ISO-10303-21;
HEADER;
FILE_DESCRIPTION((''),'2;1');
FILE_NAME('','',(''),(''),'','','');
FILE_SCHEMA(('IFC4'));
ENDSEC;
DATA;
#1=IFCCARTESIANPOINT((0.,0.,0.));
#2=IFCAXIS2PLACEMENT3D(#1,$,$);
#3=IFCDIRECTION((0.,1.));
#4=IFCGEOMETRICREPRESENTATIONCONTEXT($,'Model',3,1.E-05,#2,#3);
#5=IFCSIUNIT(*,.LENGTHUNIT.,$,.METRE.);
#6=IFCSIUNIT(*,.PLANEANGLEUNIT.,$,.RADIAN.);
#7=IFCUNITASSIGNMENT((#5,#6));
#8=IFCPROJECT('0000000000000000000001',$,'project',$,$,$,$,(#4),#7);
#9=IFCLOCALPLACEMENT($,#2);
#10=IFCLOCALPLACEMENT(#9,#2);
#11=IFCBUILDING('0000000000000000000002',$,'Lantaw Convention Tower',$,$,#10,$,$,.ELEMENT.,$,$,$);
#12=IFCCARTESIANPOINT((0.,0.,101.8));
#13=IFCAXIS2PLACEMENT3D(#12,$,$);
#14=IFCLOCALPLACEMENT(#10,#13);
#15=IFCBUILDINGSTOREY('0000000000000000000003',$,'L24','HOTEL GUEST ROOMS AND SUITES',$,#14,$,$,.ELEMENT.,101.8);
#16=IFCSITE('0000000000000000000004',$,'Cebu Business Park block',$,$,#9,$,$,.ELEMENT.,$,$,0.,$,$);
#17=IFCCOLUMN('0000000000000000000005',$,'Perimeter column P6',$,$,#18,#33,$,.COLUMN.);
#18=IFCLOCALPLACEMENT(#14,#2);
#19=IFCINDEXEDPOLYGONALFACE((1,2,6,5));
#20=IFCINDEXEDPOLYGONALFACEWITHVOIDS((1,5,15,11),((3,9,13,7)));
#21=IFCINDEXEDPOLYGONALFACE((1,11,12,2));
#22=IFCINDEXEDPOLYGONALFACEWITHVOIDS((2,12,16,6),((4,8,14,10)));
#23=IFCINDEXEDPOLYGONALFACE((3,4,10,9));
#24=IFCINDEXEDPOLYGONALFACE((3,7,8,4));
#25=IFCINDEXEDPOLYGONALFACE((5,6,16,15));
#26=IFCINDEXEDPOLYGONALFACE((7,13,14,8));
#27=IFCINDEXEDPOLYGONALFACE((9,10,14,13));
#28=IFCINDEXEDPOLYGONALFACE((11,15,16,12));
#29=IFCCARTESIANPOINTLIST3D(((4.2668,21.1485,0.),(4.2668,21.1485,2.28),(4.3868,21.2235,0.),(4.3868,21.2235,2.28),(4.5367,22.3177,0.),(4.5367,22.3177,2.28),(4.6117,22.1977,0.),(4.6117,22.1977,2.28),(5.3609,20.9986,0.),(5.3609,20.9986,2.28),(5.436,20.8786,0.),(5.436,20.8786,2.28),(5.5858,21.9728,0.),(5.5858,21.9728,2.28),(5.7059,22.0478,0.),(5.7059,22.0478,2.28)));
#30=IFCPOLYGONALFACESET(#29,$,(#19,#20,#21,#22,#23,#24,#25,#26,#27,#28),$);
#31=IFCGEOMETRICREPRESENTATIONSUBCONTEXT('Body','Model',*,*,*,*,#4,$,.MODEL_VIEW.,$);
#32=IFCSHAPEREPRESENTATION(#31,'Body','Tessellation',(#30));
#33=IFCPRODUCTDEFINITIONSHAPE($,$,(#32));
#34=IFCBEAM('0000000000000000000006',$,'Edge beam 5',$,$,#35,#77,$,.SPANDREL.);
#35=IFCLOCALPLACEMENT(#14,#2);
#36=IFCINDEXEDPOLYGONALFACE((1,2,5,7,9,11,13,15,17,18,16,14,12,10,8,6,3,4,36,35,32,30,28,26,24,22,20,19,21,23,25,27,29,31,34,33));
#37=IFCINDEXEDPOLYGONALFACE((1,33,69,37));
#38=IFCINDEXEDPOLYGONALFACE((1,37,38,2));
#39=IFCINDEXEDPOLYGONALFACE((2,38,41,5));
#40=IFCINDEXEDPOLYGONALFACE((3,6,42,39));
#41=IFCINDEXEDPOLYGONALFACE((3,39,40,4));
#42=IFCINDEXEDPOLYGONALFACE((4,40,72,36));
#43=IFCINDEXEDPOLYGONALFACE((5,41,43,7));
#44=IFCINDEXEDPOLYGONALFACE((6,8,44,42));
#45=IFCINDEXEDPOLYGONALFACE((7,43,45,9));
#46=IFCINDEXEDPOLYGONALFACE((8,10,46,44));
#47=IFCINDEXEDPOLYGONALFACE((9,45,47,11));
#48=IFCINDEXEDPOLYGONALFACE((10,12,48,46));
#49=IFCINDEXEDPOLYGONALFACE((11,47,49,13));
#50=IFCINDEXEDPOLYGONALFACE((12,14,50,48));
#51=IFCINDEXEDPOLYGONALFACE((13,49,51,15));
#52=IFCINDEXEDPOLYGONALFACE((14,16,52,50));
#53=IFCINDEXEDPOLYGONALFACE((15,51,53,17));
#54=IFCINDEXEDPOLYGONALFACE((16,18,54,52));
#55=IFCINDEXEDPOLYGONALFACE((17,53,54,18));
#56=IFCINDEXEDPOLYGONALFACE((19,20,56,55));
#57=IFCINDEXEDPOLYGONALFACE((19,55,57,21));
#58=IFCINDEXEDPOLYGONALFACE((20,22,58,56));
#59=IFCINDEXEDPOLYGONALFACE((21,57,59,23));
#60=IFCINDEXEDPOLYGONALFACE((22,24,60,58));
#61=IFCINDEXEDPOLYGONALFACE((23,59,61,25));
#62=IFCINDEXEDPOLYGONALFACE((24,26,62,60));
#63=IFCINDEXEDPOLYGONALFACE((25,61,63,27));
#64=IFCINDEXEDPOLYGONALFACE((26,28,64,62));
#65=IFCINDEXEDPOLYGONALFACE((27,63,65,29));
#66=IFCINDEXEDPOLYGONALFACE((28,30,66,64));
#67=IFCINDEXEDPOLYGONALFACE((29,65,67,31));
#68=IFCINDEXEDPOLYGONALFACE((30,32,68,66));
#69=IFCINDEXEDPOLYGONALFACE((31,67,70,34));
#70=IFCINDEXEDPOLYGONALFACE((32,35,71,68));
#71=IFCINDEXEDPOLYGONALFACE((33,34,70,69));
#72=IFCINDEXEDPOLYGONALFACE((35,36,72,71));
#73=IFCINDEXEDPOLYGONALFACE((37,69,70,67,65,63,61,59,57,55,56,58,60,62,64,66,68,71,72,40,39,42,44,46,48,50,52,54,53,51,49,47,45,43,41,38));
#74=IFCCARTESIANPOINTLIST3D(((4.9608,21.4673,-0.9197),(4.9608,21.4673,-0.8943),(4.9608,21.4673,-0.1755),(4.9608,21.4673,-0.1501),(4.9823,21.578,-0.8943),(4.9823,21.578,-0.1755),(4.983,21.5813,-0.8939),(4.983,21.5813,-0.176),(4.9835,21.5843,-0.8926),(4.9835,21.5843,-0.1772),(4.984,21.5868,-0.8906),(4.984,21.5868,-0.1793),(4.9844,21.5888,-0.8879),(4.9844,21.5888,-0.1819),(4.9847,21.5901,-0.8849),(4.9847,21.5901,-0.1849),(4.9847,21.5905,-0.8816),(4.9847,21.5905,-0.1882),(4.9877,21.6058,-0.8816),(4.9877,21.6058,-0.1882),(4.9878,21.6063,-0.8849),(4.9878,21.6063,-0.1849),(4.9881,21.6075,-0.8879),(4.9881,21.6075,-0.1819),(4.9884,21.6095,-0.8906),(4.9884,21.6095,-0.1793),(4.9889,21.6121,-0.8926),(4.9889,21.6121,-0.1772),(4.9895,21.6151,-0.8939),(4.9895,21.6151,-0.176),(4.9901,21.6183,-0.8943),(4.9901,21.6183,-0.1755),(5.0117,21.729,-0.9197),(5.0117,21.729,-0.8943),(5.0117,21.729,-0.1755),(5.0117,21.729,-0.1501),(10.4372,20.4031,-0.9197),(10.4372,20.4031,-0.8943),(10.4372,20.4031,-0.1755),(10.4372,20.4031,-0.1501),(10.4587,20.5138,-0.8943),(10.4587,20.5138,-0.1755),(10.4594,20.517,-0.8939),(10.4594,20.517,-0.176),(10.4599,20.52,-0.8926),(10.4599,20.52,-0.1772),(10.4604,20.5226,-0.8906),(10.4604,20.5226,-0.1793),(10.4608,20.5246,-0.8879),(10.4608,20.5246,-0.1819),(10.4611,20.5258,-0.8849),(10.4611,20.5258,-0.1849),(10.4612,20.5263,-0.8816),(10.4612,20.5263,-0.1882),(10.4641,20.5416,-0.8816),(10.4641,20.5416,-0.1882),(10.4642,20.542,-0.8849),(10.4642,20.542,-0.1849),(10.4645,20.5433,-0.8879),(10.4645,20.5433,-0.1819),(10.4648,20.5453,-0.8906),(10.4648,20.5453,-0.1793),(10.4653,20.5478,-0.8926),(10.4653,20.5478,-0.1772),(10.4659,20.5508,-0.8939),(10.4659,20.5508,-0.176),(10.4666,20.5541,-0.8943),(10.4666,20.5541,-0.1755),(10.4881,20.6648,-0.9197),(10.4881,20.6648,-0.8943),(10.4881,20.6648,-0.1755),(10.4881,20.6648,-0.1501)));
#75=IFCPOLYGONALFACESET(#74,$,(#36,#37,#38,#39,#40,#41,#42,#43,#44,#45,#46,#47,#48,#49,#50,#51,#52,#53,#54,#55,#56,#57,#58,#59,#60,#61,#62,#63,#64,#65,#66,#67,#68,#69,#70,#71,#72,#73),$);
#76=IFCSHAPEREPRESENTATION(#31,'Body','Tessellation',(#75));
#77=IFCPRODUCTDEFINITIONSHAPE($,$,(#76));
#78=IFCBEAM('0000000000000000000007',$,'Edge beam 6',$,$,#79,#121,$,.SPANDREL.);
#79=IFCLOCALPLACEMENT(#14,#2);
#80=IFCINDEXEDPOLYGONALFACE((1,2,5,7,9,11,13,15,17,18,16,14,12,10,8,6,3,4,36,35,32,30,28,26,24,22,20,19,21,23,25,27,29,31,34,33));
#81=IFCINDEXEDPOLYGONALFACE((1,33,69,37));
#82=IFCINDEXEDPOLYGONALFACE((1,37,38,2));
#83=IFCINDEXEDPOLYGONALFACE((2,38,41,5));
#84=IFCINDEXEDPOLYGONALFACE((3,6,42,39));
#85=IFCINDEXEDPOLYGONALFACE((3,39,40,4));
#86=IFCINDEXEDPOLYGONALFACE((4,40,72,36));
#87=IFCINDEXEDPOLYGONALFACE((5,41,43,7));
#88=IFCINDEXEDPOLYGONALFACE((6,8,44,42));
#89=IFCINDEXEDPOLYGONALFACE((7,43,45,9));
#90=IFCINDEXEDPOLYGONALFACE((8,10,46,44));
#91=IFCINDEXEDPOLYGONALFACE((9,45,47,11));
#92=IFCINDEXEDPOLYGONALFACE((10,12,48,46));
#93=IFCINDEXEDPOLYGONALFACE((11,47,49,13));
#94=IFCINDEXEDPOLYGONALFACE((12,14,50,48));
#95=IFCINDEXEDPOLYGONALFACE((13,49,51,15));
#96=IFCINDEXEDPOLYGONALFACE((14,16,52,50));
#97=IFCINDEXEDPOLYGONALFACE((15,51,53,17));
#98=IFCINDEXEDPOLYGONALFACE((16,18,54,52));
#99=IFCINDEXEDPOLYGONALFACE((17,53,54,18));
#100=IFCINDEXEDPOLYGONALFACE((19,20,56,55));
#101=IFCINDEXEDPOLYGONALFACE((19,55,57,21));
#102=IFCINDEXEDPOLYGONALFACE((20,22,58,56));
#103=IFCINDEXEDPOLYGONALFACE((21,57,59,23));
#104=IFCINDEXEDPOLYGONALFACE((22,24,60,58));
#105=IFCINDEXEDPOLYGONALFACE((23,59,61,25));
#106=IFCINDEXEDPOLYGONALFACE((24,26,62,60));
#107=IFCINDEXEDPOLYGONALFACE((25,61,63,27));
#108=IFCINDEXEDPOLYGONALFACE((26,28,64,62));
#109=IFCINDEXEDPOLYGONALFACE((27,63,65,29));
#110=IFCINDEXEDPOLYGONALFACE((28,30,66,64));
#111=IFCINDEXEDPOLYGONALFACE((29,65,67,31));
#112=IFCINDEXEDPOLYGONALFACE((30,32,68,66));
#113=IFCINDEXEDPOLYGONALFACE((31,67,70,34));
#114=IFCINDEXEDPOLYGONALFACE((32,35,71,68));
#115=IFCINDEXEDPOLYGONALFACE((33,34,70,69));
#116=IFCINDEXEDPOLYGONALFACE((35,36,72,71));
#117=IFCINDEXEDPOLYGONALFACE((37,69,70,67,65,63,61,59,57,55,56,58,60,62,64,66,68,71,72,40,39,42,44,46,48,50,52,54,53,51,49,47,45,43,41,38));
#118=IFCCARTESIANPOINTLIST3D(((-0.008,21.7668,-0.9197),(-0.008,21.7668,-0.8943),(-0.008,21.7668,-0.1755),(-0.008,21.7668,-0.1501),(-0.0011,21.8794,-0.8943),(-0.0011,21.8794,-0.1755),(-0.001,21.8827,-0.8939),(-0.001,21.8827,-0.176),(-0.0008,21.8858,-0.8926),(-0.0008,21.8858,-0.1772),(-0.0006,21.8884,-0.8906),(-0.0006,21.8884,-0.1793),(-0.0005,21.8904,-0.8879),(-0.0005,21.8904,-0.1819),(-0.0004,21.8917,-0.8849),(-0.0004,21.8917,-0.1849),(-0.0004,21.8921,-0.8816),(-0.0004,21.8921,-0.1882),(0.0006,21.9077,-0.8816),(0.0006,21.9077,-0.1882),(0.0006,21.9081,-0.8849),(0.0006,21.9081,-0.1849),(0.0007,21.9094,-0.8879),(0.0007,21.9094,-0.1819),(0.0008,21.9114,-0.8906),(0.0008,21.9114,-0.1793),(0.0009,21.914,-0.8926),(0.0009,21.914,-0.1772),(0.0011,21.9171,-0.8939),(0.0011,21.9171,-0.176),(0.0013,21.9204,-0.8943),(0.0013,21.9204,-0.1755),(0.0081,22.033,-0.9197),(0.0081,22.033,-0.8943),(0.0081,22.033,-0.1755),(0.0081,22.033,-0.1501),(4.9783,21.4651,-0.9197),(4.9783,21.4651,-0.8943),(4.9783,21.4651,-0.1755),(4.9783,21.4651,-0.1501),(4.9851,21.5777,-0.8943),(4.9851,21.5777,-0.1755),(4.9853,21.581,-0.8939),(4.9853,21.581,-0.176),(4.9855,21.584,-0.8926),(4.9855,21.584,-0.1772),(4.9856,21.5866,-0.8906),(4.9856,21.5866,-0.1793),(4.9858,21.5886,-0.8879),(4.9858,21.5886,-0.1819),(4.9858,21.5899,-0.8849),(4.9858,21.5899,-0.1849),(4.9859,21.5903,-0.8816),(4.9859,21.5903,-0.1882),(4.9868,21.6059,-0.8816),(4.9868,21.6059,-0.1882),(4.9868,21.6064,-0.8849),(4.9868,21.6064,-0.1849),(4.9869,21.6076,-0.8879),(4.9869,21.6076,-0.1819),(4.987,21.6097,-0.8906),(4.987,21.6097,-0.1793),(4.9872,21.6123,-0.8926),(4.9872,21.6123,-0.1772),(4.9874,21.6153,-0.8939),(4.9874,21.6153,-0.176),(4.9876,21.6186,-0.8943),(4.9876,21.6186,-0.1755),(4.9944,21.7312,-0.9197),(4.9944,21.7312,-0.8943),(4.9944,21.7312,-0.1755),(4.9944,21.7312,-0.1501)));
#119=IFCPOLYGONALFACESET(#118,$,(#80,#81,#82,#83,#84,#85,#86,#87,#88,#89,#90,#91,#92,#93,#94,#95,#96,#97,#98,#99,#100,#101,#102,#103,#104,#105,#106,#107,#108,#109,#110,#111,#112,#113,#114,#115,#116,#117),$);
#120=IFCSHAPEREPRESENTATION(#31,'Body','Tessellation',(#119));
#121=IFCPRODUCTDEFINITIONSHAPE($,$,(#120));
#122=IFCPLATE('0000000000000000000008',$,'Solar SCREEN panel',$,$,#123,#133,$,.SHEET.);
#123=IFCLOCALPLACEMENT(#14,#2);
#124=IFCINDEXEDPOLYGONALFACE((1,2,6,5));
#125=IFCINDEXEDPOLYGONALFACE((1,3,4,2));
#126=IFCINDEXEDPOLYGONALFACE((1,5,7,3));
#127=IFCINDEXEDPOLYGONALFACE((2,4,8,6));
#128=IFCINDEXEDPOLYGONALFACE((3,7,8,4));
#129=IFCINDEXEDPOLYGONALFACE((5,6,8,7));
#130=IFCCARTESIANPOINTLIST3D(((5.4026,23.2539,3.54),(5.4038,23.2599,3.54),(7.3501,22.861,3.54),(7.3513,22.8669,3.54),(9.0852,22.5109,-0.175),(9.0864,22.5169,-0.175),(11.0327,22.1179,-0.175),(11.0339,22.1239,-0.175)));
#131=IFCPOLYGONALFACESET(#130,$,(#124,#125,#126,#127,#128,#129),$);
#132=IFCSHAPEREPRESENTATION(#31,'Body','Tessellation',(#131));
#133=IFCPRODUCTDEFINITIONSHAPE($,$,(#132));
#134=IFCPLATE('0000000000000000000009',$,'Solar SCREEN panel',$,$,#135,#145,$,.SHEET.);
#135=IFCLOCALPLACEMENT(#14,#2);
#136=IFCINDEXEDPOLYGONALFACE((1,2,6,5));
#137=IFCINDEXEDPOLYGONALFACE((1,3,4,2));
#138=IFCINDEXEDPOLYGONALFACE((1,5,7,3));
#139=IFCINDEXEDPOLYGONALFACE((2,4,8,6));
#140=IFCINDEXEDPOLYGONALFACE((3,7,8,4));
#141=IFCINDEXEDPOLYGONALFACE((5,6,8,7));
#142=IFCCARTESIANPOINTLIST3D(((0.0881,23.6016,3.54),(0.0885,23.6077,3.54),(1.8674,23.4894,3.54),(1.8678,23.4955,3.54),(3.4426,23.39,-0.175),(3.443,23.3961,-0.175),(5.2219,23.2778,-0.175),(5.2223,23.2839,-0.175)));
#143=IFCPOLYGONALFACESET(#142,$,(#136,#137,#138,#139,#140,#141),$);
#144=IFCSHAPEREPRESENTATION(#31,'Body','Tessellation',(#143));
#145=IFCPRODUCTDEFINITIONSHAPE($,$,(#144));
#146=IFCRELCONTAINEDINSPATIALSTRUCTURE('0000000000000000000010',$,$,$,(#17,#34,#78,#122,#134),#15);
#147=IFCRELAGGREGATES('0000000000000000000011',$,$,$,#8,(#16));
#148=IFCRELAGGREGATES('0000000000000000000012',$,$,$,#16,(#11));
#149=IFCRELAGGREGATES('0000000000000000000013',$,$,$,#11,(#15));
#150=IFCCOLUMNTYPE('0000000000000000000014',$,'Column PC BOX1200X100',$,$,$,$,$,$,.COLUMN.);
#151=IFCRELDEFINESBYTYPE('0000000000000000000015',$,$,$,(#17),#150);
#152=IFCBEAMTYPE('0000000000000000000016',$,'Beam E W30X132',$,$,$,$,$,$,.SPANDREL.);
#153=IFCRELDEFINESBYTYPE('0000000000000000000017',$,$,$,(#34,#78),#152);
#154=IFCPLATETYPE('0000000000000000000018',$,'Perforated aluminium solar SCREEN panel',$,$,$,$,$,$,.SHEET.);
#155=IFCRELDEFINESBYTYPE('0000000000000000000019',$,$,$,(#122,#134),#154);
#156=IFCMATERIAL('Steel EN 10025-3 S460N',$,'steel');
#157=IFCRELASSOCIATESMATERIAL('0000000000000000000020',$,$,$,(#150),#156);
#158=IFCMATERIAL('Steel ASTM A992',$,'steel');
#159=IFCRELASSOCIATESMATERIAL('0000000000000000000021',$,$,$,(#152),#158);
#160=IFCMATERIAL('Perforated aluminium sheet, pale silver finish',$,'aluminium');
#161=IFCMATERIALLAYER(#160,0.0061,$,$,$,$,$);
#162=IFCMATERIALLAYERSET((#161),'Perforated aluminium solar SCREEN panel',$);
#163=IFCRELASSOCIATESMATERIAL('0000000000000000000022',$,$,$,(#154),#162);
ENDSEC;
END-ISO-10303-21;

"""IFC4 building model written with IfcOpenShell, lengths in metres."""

from ifc_helpers import new_model, si_unit, direction, frame, origin, origin_2d, place, context, subcontext, project, spatial, polyline, rectangle, hollow_rectangle, i_section, outline, extrude, material, layer, layer_set, material_profile, profile_set, type_object, element, save


model = new_model("IFC4")

# Units and contexts
model_context = context("Model", 3, precision=1e-05, world=origin(), true_north=direction((0.0, 1.0)))
body_context = subcontext(model_context, "Body", "Model", "MODEL_VIEW")
ifc_project = project(units=[si_unit("LENGTHUNIT", "METRE"), si_unit("PLANEANGLEUNIT", "RADIAN")], contexts=[model_context])

# Site, building, storey
site_placement = place(None, origin())
site = spatial("IfcSite", under=ifc_project, at=site_placement, Name="Cebu Business Park block", CompositionType="ELEMENT", RefElevation=0.0)
building_placement = place(site_placement, origin())
building = spatial("IfcBuilding", under=site, at=building_placement, Name="Lantaw Convention Tower", CompositionType="ELEMENT")
storey_placement = place(building_placement, frame((0.0, 0.0, 101.8)))
storey = spatial("IfcBuildingStorey", under=building, at=storey_placement, Name="L24", Description="HOTEL GUEST ROOMS AND SUITES", CompositionType="ELEMENT", Elevation=101.8)

# Column
ifc_material_1 = material(Name="Steel EN 10025-3 S460N", Category="steel")
ifc_material_profile_1 = material_profile(ifc_material_1, hollow_rectangle(XDim=1.2, YDim=1.2, WallThickness=0.1001, at=origin_2d()), Name="BOX1200X100")
ifc_material_2 = material(Name="Concrete C60/75", Category="concrete")
ifc_material_profile_2 = material_profile(ifc_material_2, rectangle(XDim=1.0, YDim=1.0, at=origin_2d()), Name="Concrete fill of BOX1200X100")
ifc_profile_set_1 = profile_set([ifc_material_profile_1, ifc_material_profile_2], Name="Steel EN 10025-3 S460N")
column_type = type_object("IfcColumnType", Name="Column PC BOX1200X100", PredefinedType="COLUMN", material=ifc_profile_set_1)
column_placement = place(storey_placement, frame((4.9863, 21.5981, 0.0), z_axis=(0.0, 0.0, 1.0), x_axis=(0.224951, 0.97437, 0.0)))
element("IfcColumn", 1, at=column_placement, inside=storey, type_object=column_type, Name="Perimeter column P6", PredefinedType="COLUMN", context=body_context, shape_type="SweptSolid", body=[
    extrude(hollow_rectangle(XDim=1.2, YDim=1.2, WallThickness=0.1001, at=origin_2d()), origin(), (0.0, 0.0, 1.0), 2.28),
])

# Beams
ifc_material_3 = material(Name="Steel ASTM A992", Category="steel")
ifc_material_profile_3 = material_profile(ifc_material_3, i_section(OverallWidth=0.2666, OverallDepth=0.7695, WebThickness=0.0156, FlangeThickness=0.0254, FilletRadius=0.0127, at=origin_2d()), Name="W30X132")
ifc_profile_set_2 = profile_set([ifc_material_profile_3], Name="Steel ASTM A992")
beam_type = type_object("IfcBeamType", Name="Beam E W30X132", PredefinedType="SPANDREL", material=ifc_profile_set_2)
beam_1_placement = place(storey_placement, frame((10.4626, 20.5339, -0.5349), z_axis=(-0.981637, 0.190761, 0.0), x_axis=(-0.190761, -0.981637, 0.0)))
element("IfcBeam", 2, at=beam_1_placement, inside=storey, type_object=beam_type, Name="Edge beam 5", PredefinedType="SPANDREL", context=body_context, shape_type="SweptSolid", body=[
    extrude(i_section(OverallWidth=0.2666, OverallDepth=0.7695, WebThickness=0.0156, FlangeThickness=0.0254, FilletRadius=0.0127, at=origin_2d()), origin(), (0.0, 0.0, 1.0), 5.5789),
])
beam_2_placement = place(storey_placement, frame((4.9863, 21.5981, -0.5349), z_axis=(-0.998174, 0.060407, 0.0), x_axis=(-0.060407, -0.998174, 0.0)))
element("IfcBeam", 3, at=beam_2_placement, inside=storey, type_object=beam_type, Name="Edge beam 6", PredefinedType="SPANDREL", context=body_context, shape_type="SweptSolid", body=[
    extrude(i_section(OverallWidth=0.2666, OverallDepth=0.7695, WebThickness=0.0156, FlangeThickness=0.0254, FilletRadius=0.0127, at=origin_2d()), origin(), (0.0, 0.0, 1.0), 4.9954),
])

# Plates
ifc_material_4 = material(Name="Perforated aluminium sheet, pale silver finish", Category="aluminium")
ifc_layer_1 = layer(ifc_material_4, 0.0061)
ifc_layer_set_1 = layer_set([ifc_layer_1], Name="Perforated aluminium solar SCREEN panel")
plate_type = type_object("IfcPlateType", Name="Perforated aluminium solar SCREEN panel", PredefinedType="SHEET", material=ifc_layer_set_1)
plate_1_placement = place(storey_placement, frame((11.0327, 22.1179, -0.175), z_axis=(-0.197782, -0.980246, 0.000002), x_axis=(-0.980246, 0.197782, 0.0)))
element("IfcPlate", 4, at=plate_1_placement, inside=storey, type_object=plate_type, Name="Solar SCREEN panel", PredefinedType="SHEET", context=body_context, shape_type="SweptSolid", body=[
    extrude(outline(polyline([(0.0, 0.0), (1.9868, 0.0), (5.7436, -3.7151), (3.7569, -3.7151), (0.0, 0.0)])), origin(), (0.0, 0.0, -1.0), 0.0061),
])
plate_2_placement = place(storey_placement, frame((5.2219, 23.2778, -0.175), z_axis=(-0.062924, -0.998018, 0.000014), x_axis=(-0.998018, 0.062924, 0.0)))
element("IfcPlate", 5, at=plate_2_placement, inside=storey, type_object=plate_type, Name="Solar SCREEN panel", PredefinedType="SHEET", context=body_context, shape_type="SweptSolid", body=[
    extrude(outline(polyline([(0.0, 0.0), (1.7828, 0.0), (5.144, -3.7151), (3.3612, -3.7151), (0.0, 0.0)])), origin(), (0.0, 0.0, -1.0), 0.0061),
])

save(model, "model.ifc")
